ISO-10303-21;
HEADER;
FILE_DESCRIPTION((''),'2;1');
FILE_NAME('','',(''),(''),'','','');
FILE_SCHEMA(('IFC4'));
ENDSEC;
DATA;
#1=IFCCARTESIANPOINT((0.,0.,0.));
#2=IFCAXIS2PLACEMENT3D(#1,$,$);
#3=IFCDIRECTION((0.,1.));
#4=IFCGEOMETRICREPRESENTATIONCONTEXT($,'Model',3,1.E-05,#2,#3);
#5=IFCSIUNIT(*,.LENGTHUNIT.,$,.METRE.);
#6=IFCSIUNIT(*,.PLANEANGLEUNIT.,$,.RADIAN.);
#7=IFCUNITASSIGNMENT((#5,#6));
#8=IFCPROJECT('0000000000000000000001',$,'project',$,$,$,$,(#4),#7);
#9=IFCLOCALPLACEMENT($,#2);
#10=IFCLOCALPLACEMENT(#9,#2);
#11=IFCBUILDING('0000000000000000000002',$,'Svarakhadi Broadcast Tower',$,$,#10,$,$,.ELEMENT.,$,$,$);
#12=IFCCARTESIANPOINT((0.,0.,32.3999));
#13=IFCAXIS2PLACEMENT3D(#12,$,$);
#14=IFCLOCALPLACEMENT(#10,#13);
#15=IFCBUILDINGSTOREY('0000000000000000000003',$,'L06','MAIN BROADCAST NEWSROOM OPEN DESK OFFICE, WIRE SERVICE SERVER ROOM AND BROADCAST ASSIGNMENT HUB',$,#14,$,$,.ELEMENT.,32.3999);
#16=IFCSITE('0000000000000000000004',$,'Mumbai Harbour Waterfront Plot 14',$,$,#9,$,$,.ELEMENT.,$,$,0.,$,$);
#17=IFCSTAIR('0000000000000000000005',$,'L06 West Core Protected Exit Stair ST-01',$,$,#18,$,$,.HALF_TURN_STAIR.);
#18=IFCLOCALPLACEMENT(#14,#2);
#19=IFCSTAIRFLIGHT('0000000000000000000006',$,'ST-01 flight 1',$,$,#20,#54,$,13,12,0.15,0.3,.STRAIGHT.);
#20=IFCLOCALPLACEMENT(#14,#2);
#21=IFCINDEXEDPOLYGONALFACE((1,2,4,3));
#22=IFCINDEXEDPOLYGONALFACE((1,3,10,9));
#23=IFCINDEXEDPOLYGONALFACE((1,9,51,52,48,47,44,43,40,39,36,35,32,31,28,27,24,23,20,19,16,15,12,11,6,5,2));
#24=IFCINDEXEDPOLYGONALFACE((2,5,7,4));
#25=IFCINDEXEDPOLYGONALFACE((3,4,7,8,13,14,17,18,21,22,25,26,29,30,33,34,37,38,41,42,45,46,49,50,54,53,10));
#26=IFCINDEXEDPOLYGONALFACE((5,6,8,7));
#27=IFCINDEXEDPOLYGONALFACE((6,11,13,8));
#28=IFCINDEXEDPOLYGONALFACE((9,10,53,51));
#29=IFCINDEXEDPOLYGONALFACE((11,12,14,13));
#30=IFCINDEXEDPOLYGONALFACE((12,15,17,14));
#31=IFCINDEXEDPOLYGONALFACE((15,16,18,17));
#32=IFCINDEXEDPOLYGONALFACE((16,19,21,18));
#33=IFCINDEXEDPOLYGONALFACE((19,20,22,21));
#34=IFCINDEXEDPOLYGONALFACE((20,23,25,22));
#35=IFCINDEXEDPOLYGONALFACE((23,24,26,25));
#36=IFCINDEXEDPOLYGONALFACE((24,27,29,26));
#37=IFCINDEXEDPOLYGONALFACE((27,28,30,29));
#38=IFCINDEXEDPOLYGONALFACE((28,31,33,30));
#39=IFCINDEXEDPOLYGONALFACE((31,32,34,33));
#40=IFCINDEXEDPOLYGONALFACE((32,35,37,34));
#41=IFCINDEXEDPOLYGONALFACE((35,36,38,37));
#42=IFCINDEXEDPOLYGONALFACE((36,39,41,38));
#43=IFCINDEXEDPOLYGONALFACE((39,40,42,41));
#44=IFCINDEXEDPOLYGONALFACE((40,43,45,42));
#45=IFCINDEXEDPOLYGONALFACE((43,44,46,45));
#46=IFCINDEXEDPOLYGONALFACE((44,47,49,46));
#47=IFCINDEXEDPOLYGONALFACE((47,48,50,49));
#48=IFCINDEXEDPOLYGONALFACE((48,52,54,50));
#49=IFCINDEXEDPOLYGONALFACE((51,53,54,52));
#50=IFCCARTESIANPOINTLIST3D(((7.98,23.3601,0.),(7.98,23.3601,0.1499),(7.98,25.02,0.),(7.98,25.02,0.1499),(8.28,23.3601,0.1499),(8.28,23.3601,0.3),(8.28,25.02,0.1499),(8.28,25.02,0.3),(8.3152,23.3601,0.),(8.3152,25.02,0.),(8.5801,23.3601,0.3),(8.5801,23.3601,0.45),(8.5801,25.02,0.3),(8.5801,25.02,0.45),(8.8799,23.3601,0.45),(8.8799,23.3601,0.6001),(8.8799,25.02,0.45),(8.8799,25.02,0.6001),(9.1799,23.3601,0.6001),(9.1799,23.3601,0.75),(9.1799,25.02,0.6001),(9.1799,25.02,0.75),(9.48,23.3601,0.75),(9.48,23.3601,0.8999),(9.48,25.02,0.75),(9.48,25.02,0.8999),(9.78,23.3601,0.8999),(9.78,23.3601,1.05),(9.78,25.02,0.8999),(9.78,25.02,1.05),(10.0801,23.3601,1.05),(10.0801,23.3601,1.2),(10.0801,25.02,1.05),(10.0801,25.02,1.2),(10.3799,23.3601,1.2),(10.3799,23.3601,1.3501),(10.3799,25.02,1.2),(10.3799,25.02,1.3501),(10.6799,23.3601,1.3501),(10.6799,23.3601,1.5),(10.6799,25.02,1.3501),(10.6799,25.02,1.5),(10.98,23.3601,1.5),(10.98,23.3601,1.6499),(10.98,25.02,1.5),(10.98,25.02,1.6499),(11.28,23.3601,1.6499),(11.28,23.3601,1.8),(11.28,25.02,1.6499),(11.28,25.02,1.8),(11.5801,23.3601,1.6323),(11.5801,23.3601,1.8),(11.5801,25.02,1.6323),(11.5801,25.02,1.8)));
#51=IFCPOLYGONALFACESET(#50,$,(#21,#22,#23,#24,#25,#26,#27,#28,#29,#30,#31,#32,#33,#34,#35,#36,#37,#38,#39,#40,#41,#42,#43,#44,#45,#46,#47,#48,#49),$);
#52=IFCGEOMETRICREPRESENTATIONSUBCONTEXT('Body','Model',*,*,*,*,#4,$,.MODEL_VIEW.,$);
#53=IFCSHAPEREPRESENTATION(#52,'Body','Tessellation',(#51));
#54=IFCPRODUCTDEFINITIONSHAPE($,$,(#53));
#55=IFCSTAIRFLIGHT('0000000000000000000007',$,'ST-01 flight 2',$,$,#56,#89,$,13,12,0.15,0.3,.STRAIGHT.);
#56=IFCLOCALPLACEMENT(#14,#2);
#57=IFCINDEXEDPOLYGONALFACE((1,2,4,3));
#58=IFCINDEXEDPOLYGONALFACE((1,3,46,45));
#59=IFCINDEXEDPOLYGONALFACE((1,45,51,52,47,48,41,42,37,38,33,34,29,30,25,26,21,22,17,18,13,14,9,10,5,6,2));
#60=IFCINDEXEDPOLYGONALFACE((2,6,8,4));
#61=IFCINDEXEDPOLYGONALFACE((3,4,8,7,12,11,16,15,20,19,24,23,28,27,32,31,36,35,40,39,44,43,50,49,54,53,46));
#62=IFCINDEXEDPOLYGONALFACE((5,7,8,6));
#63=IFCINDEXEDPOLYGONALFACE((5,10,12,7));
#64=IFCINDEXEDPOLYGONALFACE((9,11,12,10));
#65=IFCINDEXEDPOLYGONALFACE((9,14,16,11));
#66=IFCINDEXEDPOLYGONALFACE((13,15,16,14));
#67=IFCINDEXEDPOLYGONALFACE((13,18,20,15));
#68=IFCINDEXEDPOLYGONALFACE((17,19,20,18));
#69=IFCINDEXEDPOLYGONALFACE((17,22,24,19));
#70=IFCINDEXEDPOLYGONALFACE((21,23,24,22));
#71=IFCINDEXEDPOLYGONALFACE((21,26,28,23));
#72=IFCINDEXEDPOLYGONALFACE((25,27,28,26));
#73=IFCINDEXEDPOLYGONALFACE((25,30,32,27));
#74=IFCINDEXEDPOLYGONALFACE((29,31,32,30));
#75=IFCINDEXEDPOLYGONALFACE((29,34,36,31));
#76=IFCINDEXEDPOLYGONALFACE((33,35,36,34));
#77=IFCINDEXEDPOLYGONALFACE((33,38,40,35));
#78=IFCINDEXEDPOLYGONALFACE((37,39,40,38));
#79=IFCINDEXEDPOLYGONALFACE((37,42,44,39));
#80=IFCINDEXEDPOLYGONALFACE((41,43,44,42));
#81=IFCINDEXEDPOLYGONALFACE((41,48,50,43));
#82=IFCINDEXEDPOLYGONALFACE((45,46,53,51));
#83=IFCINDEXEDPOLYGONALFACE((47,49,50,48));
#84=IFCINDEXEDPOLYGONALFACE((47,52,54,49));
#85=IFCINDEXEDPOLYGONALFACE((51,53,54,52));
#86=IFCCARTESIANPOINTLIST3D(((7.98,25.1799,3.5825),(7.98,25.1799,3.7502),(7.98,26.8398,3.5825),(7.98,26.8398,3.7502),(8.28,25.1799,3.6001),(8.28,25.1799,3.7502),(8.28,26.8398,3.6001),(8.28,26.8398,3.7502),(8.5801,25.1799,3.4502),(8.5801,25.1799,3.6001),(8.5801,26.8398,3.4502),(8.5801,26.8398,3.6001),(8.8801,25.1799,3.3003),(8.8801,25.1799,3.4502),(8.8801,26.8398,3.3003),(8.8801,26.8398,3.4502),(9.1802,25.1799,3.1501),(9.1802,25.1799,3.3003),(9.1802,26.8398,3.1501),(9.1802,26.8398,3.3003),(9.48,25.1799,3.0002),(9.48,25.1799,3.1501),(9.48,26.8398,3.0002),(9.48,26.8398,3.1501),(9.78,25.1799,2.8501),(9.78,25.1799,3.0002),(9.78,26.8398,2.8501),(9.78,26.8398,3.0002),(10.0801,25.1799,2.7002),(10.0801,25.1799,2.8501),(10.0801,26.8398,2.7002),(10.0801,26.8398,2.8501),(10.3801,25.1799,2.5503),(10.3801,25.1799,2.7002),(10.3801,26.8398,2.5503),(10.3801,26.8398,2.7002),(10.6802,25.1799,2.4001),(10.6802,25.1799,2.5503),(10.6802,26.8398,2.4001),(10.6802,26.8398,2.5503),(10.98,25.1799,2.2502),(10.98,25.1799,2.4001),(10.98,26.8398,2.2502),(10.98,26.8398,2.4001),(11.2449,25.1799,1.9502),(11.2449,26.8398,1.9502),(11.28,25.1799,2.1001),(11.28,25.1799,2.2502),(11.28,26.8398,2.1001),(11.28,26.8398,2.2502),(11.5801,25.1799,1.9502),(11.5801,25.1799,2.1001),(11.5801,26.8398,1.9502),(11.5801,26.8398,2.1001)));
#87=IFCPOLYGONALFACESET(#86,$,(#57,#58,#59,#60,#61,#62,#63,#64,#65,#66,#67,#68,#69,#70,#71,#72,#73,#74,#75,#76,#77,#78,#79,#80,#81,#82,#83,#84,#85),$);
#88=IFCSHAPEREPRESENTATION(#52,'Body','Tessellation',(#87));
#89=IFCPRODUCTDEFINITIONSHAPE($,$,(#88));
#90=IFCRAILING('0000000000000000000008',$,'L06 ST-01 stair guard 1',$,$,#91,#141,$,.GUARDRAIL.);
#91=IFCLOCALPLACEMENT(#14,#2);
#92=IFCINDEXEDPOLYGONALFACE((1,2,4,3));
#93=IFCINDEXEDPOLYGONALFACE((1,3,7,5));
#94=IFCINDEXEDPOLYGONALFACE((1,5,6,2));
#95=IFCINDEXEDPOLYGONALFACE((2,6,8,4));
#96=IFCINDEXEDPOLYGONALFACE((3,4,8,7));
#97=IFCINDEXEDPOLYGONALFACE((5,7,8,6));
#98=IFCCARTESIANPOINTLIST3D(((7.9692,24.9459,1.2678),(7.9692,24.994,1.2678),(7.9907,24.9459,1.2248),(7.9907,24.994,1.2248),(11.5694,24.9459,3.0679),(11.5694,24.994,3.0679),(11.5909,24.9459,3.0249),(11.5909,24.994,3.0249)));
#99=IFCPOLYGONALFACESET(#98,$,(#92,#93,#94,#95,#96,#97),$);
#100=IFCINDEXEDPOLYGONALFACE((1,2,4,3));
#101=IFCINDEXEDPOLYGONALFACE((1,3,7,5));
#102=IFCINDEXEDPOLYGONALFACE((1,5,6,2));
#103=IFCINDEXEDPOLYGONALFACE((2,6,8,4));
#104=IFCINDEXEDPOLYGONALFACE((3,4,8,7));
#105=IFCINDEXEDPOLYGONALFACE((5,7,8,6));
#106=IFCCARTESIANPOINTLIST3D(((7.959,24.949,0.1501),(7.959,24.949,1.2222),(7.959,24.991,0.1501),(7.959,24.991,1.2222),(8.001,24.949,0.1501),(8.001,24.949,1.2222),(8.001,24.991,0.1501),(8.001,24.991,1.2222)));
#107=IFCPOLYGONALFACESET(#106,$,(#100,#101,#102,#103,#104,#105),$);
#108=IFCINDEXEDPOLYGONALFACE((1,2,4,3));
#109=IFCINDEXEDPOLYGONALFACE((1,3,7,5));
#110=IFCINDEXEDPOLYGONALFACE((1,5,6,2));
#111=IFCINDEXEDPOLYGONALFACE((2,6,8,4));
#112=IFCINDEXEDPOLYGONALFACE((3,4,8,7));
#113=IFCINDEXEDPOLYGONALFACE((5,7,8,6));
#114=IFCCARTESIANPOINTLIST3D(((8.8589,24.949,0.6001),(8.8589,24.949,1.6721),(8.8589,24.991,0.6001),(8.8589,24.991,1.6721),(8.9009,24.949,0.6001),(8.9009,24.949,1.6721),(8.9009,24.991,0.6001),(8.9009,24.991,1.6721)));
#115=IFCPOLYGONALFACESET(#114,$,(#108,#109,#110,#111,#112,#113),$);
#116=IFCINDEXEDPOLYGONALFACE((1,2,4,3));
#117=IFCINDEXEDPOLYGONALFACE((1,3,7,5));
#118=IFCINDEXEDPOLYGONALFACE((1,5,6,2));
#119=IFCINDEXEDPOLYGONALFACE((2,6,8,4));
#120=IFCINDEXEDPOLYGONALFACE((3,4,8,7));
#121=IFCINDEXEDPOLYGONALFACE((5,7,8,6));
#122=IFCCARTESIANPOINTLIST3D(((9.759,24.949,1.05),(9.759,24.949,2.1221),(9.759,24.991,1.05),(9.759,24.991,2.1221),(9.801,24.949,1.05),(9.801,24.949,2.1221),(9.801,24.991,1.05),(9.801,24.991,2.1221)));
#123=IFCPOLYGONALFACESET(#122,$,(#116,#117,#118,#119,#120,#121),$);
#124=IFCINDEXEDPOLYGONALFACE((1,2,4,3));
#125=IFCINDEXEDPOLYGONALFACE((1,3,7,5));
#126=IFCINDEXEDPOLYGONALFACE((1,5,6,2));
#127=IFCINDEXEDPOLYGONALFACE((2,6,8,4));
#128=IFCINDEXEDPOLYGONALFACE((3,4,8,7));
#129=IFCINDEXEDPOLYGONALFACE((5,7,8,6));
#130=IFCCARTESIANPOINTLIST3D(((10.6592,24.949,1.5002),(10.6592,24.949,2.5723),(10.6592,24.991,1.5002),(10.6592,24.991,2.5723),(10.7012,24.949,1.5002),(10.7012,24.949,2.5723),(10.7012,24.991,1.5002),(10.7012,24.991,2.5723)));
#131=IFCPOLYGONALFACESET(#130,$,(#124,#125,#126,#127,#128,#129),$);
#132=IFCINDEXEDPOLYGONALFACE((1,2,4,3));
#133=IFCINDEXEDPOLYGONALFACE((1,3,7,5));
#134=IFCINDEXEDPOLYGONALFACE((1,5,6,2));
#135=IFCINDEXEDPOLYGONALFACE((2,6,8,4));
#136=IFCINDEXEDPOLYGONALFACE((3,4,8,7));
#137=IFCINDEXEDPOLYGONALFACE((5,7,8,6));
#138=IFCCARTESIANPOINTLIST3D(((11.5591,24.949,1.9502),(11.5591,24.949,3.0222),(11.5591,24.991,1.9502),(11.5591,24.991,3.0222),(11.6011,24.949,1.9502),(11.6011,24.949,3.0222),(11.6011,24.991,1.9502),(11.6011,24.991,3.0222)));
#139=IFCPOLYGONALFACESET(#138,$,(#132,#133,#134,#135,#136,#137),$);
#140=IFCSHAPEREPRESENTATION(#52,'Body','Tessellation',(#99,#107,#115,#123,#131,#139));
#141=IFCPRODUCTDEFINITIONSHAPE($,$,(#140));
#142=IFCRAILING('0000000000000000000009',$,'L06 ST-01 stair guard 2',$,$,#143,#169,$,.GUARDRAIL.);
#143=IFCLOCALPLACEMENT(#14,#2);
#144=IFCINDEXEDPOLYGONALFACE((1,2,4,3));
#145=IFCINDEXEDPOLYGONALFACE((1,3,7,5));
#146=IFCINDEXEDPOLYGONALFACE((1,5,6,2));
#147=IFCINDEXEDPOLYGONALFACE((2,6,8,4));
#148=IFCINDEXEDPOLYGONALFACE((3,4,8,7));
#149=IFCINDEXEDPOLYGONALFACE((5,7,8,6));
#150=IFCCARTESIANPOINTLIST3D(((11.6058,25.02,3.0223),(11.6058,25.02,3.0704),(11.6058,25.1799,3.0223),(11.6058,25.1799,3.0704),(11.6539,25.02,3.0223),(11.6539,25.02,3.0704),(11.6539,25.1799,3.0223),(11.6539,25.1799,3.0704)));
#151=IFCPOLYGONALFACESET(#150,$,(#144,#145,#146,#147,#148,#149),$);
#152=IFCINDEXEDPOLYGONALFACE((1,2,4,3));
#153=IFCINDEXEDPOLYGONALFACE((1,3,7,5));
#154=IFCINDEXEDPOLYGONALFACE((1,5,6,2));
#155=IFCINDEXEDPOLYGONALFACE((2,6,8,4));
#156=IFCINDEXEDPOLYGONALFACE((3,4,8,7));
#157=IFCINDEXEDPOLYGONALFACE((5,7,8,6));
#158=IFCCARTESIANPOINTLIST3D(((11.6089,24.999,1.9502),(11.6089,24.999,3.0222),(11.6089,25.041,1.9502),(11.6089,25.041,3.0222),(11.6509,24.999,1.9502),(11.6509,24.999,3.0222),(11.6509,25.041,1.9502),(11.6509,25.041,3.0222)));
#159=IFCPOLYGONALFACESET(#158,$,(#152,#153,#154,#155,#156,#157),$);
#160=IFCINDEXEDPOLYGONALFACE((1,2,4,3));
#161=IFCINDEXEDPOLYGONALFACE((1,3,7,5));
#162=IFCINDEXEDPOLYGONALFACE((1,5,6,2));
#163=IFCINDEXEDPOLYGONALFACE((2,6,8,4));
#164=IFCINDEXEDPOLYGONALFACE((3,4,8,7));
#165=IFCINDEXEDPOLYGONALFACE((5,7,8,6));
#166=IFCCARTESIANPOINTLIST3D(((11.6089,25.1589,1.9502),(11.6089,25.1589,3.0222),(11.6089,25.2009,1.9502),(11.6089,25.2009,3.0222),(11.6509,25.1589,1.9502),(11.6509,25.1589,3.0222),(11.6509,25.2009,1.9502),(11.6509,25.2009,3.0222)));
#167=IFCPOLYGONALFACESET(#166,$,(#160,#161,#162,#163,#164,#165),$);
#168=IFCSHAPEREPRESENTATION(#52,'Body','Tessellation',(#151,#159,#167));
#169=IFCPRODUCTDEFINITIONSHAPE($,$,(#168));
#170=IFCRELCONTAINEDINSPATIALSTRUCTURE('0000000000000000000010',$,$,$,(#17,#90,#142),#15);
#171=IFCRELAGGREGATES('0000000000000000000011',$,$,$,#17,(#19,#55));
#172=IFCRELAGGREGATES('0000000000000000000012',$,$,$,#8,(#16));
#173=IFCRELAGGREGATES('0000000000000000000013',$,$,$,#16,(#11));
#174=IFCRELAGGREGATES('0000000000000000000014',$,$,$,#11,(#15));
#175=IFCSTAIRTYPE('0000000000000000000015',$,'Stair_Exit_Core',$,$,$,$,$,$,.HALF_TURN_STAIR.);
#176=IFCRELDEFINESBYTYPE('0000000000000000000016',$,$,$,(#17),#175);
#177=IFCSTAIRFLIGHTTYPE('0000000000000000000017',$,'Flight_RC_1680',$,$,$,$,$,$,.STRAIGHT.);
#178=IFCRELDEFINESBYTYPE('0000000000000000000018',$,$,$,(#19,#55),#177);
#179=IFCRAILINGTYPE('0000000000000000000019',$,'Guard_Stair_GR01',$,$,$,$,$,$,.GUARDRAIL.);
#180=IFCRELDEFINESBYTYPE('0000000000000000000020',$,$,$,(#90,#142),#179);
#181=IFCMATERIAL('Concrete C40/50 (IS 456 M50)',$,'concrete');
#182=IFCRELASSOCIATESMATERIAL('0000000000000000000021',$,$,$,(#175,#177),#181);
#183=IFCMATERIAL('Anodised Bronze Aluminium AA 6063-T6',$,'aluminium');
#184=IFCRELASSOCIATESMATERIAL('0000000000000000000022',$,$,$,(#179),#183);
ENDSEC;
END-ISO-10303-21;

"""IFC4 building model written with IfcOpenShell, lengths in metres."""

from ifc_helpers import new_model, si_unit, direction, frame, origin, origin_2d, place, context, subcontext, project, spatial, polyline, rectangle, outline, extrude, material, type_object, element, aggregate, save


model = new_model("IFC4")

# Units and contexts
model_context = context("Model", 3, precision=1e-05, world=origin(), true_north=direction((0.0, 1.0)))
body_context = subcontext(model_context, "Body", "Model", "MODEL_VIEW")
ifc_project = project(units=[si_unit("LENGTHUNIT", "METRE"), si_unit("PLANEANGLEUNIT", "RADIAN")], contexts=[model_context])

# Site, building, storey
site_placement = place(None, origin())
site = spatial("IfcSite", under=ifc_project, at=site_placement, Name="Mumbai Harbour Waterfront Plot 14", CompositionType="ELEMENT", RefElevation=0.0)
building_placement = place(site_placement, origin())
building = spatial("IfcBuilding", under=site, at=building_placement, Name="Svarakhadi Broadcast Tower", CompositionType="ELEMENT")
storey_placement = place(building_placement, frame((0.0, 0.0, 32.3999)))
storey = spatial("IfcBuildingStorey", under=building, at=storey_placement, Name="L06", Description="MAIN BROADCAST NEWSROOM OPEN DESK OFFICE, WIRE SERVICE SERVER ROOM AND BROADCAST ASSIGNMENT HUB", CompositionType="ELEMENT", Elevation=32.3999)

# Shared definitions
ifc_material_1 = material(Name="Concrete C40/50 (IS 456 M50)", Category="concrete")

# Stair, stair flights
stair_type = type_object("IfcStairType", Name="Stair_Exit_Core", PredefinedType="HALF_TURN_STAIR", material=ifc_material_1)
stair_placement = place(storey_placement, origin())
stair = element("IfcStair", 1, at=stair_placement, inside=storey, type_object=stair_type, Name="L06 West Core Protected Exit Stair ST-01", PredefinedType="HALF_TURN_STAIR")
stair_flight_type = type_object("IfcStairFlightType", Name="Flight_RC_1680", PredefinedType="STRAIGHT", material=ifc_material_1)
stair_flight_1_placement = place(storey_placement, frame((7.98, 24.1899, 0.0), z_axis=(0.0, 0.0, 1.0), x_axis=(1.0, 0.0, 0.0)))
stair_flight_1 = element("IfcStairFlight", 2, at=stair_flight_1_placement, type_object=stair_flight_type, Name="ST-01 flight 1", NumberOfRisers=13, NumberOfTreads=12, PredefinedType="STRAIGHT", RiserHeight=0.15, TreadLength=0.3, context=body_context, shape_type="SweptSolid", body=[
    extrude(outline(polyline([(0.0, 0.0), (0.0, 0.1499), (0.3, 0.1499), (0.3, 0.3), (0.6001, 0.3), (0.6001, 0.45), (0.8999, 0.45), (0.8999, 0.6001), (1.2, 0.6001), (1.2, 0.75), (1.5, 0.75), (1.5, 0.8999), (1.8, 0.8999), (1.8, 1.05), (2.1001, 1.05), (2.1001, 1.2), (2.3999, 1.2), (2.3999, 1.3501), (2.7, 1.3501), (2.7, 1.5), (3.0, 1.5), (3.0, 1.6499), (3.3, 1.6499), (3.3, 1.8), (3.6001, 1.8), (3.6001, 1.95), (3.6001, 1.6323), (0.3352, 0.0), (0.0, 0.0)])), frame((0.0, 0.8301, 0.0), z_axis=(0.0, -1.0, 0.0), x_axis=(1.0, 0.0, 0.0)), (0.0, 0.0, 1.0), 1.6599),
])
stair_flight_2_placement = place(storey_placement, frame((11.5801, 26.01, 1.9502), z_axis=(0.0, 0.0, 1.0), x_axis=(-1.0, 0.0, 0.0)))
stair_flight_2 = element("IfcStairFlight", 3, at=stair_flight_2_placement, type_object=stair_flight_type, Name="ST-01 flight 2", NumberOfRisers=13, NumberOfTreads=12, PredefinedType="STRAIGHT", RiserHeight=0.15, TreadLength=0.3, context=body_context, shape_type="SweptSolid", body=[
    extrude(outline(polyline([(0.0, 0.0), (0.0, 0.1499), (0.3, 0.1499), (0.3, 0.3), (0.6001, 0.3), (0.6001, 0.45), (0.8999, 0.45), (0.8999, 0.6001), (1.2, 0.6001), (1.2, 0.75), (1.5, 0.75), (1.5, 0.8999), (1.8, 0.8999), (1.8, 1.05), (2.1001, 1.05), (2.1001, 1.2), (2.3999, 1.2), (2.3999, 1.3501), (2.7, 1.3501), (2.7, 1.5), (3.0, 1.5), (3.0, 1.6499), (3.3, 1.6499), (3.3, 1.8), (3.6001, 1.8), (3.6001, 1.95), (3.6001, 1.6323), (0.3352, 0.0), (0.0, 0.0)])), frame((0.0, 0.8301, 0.0), z_axis=(0.0, -1.0, 0.0), x_axis=(1.0, 0.0, 0.0)), (0.0, 0.0, 1.0), 1.6599),
])
aggregate(stair, [stair_flight_1, stair_flight_2])

# Railings
ifc_material_2 = material(Name="Anodised Bronze Aluminium AA 6063-T6", Category="aluminium")
railing_type_1 = type_object("IfcRailingType", Name="Guard_Stair_GR01", PredefinedType="GUARDRAIL", material=ifc_material_2)
railing_1_placement = place(storey_placement, frame((7.98, 24.97, 0.1501)))
element("IfcRailing", 4, at=railing_1_placement, inside=storey, type_object=railing_type_1, Name="L06 ST-01 stair guard 1", PredefinedType="GUARDRAIL", context=body_context, shape_type="SweptSolid", body=[
    extrude(rectangle(XDim=0.0481, YDim=0.0481, at=origin_2d()), frame((0.0, 0.0, 1.0962), z_axis=(0.894427, 0.0, 0.447214), x_axis=(0.0, 1.0, 0.0)), (0.0, 0.0, 1.0), 4.0251),
    extrude(rectangle(XDim=0.042, YDim=0.042, at=origin_2d()), origin(), (0.0, 0.0, 1.0), 1.072),
    extrude(rectangle(XDim=0.042, YDim=0.042, at=origin_2d()), frame((0.8999, 0.0, 0.45)), (0.0, 0.0, 1.0), 1.072),
    extrude(rectangle(XDim=0.042, YDim=0.042, at=origin_2d()), frame((1.8, 0.0, 0.8999)), (0.0, 0.0, 1.0), 1.072),
    extrude(rectangle(XDim=0.042, YDim=0.042, at=origin_2d()), frame((2.7002, 0.0, 1.3501)), (0.0, 0.0, 1.0), 1.072),
    extrude(rectangle(XDim=0.042, YDim=0.042, at=origin_2d()), frame((3.6001, 0.0, 1.8)), (0.0, 0.0, 1.0), 1.072),
])
railing_2_placement = place(storey_placement, frame((11.6299, 25.02, 1.9502)))
element("IfcRailing", 5, at=railing_2_placement, inside=storey, type_object=railing_type_1, Name="L06 ST-01 stair guard 2", PredefinedType="GUARDRAIL", context=body_context, shape_type="SweptSolid", body=[
    extrude(rectangle(XDim=0.0481, YDim=0.0481, at=origin_2d()), frame((0.0, 0.0, 1.0962), z_axis=(0.0, 1.0, 0.0), x_axis=(-1.0, 0.0, 0.0)), (0.0, 0.0, 1.0), 0.1599),
    extrude(rectangle(XDim=0.042, YDim=0.042, at=origin_2d()), origin(), (0.0, 0.0, 1.0), 1.072),
    extrude(rectangle(XDim=0.042, YDim=0.042, at=origin_2d()), frame((0.0, 0.1599, 0.0)), (0.0, 0.0, 1.0), 1.072),
])

save(model, "model.ifc")
